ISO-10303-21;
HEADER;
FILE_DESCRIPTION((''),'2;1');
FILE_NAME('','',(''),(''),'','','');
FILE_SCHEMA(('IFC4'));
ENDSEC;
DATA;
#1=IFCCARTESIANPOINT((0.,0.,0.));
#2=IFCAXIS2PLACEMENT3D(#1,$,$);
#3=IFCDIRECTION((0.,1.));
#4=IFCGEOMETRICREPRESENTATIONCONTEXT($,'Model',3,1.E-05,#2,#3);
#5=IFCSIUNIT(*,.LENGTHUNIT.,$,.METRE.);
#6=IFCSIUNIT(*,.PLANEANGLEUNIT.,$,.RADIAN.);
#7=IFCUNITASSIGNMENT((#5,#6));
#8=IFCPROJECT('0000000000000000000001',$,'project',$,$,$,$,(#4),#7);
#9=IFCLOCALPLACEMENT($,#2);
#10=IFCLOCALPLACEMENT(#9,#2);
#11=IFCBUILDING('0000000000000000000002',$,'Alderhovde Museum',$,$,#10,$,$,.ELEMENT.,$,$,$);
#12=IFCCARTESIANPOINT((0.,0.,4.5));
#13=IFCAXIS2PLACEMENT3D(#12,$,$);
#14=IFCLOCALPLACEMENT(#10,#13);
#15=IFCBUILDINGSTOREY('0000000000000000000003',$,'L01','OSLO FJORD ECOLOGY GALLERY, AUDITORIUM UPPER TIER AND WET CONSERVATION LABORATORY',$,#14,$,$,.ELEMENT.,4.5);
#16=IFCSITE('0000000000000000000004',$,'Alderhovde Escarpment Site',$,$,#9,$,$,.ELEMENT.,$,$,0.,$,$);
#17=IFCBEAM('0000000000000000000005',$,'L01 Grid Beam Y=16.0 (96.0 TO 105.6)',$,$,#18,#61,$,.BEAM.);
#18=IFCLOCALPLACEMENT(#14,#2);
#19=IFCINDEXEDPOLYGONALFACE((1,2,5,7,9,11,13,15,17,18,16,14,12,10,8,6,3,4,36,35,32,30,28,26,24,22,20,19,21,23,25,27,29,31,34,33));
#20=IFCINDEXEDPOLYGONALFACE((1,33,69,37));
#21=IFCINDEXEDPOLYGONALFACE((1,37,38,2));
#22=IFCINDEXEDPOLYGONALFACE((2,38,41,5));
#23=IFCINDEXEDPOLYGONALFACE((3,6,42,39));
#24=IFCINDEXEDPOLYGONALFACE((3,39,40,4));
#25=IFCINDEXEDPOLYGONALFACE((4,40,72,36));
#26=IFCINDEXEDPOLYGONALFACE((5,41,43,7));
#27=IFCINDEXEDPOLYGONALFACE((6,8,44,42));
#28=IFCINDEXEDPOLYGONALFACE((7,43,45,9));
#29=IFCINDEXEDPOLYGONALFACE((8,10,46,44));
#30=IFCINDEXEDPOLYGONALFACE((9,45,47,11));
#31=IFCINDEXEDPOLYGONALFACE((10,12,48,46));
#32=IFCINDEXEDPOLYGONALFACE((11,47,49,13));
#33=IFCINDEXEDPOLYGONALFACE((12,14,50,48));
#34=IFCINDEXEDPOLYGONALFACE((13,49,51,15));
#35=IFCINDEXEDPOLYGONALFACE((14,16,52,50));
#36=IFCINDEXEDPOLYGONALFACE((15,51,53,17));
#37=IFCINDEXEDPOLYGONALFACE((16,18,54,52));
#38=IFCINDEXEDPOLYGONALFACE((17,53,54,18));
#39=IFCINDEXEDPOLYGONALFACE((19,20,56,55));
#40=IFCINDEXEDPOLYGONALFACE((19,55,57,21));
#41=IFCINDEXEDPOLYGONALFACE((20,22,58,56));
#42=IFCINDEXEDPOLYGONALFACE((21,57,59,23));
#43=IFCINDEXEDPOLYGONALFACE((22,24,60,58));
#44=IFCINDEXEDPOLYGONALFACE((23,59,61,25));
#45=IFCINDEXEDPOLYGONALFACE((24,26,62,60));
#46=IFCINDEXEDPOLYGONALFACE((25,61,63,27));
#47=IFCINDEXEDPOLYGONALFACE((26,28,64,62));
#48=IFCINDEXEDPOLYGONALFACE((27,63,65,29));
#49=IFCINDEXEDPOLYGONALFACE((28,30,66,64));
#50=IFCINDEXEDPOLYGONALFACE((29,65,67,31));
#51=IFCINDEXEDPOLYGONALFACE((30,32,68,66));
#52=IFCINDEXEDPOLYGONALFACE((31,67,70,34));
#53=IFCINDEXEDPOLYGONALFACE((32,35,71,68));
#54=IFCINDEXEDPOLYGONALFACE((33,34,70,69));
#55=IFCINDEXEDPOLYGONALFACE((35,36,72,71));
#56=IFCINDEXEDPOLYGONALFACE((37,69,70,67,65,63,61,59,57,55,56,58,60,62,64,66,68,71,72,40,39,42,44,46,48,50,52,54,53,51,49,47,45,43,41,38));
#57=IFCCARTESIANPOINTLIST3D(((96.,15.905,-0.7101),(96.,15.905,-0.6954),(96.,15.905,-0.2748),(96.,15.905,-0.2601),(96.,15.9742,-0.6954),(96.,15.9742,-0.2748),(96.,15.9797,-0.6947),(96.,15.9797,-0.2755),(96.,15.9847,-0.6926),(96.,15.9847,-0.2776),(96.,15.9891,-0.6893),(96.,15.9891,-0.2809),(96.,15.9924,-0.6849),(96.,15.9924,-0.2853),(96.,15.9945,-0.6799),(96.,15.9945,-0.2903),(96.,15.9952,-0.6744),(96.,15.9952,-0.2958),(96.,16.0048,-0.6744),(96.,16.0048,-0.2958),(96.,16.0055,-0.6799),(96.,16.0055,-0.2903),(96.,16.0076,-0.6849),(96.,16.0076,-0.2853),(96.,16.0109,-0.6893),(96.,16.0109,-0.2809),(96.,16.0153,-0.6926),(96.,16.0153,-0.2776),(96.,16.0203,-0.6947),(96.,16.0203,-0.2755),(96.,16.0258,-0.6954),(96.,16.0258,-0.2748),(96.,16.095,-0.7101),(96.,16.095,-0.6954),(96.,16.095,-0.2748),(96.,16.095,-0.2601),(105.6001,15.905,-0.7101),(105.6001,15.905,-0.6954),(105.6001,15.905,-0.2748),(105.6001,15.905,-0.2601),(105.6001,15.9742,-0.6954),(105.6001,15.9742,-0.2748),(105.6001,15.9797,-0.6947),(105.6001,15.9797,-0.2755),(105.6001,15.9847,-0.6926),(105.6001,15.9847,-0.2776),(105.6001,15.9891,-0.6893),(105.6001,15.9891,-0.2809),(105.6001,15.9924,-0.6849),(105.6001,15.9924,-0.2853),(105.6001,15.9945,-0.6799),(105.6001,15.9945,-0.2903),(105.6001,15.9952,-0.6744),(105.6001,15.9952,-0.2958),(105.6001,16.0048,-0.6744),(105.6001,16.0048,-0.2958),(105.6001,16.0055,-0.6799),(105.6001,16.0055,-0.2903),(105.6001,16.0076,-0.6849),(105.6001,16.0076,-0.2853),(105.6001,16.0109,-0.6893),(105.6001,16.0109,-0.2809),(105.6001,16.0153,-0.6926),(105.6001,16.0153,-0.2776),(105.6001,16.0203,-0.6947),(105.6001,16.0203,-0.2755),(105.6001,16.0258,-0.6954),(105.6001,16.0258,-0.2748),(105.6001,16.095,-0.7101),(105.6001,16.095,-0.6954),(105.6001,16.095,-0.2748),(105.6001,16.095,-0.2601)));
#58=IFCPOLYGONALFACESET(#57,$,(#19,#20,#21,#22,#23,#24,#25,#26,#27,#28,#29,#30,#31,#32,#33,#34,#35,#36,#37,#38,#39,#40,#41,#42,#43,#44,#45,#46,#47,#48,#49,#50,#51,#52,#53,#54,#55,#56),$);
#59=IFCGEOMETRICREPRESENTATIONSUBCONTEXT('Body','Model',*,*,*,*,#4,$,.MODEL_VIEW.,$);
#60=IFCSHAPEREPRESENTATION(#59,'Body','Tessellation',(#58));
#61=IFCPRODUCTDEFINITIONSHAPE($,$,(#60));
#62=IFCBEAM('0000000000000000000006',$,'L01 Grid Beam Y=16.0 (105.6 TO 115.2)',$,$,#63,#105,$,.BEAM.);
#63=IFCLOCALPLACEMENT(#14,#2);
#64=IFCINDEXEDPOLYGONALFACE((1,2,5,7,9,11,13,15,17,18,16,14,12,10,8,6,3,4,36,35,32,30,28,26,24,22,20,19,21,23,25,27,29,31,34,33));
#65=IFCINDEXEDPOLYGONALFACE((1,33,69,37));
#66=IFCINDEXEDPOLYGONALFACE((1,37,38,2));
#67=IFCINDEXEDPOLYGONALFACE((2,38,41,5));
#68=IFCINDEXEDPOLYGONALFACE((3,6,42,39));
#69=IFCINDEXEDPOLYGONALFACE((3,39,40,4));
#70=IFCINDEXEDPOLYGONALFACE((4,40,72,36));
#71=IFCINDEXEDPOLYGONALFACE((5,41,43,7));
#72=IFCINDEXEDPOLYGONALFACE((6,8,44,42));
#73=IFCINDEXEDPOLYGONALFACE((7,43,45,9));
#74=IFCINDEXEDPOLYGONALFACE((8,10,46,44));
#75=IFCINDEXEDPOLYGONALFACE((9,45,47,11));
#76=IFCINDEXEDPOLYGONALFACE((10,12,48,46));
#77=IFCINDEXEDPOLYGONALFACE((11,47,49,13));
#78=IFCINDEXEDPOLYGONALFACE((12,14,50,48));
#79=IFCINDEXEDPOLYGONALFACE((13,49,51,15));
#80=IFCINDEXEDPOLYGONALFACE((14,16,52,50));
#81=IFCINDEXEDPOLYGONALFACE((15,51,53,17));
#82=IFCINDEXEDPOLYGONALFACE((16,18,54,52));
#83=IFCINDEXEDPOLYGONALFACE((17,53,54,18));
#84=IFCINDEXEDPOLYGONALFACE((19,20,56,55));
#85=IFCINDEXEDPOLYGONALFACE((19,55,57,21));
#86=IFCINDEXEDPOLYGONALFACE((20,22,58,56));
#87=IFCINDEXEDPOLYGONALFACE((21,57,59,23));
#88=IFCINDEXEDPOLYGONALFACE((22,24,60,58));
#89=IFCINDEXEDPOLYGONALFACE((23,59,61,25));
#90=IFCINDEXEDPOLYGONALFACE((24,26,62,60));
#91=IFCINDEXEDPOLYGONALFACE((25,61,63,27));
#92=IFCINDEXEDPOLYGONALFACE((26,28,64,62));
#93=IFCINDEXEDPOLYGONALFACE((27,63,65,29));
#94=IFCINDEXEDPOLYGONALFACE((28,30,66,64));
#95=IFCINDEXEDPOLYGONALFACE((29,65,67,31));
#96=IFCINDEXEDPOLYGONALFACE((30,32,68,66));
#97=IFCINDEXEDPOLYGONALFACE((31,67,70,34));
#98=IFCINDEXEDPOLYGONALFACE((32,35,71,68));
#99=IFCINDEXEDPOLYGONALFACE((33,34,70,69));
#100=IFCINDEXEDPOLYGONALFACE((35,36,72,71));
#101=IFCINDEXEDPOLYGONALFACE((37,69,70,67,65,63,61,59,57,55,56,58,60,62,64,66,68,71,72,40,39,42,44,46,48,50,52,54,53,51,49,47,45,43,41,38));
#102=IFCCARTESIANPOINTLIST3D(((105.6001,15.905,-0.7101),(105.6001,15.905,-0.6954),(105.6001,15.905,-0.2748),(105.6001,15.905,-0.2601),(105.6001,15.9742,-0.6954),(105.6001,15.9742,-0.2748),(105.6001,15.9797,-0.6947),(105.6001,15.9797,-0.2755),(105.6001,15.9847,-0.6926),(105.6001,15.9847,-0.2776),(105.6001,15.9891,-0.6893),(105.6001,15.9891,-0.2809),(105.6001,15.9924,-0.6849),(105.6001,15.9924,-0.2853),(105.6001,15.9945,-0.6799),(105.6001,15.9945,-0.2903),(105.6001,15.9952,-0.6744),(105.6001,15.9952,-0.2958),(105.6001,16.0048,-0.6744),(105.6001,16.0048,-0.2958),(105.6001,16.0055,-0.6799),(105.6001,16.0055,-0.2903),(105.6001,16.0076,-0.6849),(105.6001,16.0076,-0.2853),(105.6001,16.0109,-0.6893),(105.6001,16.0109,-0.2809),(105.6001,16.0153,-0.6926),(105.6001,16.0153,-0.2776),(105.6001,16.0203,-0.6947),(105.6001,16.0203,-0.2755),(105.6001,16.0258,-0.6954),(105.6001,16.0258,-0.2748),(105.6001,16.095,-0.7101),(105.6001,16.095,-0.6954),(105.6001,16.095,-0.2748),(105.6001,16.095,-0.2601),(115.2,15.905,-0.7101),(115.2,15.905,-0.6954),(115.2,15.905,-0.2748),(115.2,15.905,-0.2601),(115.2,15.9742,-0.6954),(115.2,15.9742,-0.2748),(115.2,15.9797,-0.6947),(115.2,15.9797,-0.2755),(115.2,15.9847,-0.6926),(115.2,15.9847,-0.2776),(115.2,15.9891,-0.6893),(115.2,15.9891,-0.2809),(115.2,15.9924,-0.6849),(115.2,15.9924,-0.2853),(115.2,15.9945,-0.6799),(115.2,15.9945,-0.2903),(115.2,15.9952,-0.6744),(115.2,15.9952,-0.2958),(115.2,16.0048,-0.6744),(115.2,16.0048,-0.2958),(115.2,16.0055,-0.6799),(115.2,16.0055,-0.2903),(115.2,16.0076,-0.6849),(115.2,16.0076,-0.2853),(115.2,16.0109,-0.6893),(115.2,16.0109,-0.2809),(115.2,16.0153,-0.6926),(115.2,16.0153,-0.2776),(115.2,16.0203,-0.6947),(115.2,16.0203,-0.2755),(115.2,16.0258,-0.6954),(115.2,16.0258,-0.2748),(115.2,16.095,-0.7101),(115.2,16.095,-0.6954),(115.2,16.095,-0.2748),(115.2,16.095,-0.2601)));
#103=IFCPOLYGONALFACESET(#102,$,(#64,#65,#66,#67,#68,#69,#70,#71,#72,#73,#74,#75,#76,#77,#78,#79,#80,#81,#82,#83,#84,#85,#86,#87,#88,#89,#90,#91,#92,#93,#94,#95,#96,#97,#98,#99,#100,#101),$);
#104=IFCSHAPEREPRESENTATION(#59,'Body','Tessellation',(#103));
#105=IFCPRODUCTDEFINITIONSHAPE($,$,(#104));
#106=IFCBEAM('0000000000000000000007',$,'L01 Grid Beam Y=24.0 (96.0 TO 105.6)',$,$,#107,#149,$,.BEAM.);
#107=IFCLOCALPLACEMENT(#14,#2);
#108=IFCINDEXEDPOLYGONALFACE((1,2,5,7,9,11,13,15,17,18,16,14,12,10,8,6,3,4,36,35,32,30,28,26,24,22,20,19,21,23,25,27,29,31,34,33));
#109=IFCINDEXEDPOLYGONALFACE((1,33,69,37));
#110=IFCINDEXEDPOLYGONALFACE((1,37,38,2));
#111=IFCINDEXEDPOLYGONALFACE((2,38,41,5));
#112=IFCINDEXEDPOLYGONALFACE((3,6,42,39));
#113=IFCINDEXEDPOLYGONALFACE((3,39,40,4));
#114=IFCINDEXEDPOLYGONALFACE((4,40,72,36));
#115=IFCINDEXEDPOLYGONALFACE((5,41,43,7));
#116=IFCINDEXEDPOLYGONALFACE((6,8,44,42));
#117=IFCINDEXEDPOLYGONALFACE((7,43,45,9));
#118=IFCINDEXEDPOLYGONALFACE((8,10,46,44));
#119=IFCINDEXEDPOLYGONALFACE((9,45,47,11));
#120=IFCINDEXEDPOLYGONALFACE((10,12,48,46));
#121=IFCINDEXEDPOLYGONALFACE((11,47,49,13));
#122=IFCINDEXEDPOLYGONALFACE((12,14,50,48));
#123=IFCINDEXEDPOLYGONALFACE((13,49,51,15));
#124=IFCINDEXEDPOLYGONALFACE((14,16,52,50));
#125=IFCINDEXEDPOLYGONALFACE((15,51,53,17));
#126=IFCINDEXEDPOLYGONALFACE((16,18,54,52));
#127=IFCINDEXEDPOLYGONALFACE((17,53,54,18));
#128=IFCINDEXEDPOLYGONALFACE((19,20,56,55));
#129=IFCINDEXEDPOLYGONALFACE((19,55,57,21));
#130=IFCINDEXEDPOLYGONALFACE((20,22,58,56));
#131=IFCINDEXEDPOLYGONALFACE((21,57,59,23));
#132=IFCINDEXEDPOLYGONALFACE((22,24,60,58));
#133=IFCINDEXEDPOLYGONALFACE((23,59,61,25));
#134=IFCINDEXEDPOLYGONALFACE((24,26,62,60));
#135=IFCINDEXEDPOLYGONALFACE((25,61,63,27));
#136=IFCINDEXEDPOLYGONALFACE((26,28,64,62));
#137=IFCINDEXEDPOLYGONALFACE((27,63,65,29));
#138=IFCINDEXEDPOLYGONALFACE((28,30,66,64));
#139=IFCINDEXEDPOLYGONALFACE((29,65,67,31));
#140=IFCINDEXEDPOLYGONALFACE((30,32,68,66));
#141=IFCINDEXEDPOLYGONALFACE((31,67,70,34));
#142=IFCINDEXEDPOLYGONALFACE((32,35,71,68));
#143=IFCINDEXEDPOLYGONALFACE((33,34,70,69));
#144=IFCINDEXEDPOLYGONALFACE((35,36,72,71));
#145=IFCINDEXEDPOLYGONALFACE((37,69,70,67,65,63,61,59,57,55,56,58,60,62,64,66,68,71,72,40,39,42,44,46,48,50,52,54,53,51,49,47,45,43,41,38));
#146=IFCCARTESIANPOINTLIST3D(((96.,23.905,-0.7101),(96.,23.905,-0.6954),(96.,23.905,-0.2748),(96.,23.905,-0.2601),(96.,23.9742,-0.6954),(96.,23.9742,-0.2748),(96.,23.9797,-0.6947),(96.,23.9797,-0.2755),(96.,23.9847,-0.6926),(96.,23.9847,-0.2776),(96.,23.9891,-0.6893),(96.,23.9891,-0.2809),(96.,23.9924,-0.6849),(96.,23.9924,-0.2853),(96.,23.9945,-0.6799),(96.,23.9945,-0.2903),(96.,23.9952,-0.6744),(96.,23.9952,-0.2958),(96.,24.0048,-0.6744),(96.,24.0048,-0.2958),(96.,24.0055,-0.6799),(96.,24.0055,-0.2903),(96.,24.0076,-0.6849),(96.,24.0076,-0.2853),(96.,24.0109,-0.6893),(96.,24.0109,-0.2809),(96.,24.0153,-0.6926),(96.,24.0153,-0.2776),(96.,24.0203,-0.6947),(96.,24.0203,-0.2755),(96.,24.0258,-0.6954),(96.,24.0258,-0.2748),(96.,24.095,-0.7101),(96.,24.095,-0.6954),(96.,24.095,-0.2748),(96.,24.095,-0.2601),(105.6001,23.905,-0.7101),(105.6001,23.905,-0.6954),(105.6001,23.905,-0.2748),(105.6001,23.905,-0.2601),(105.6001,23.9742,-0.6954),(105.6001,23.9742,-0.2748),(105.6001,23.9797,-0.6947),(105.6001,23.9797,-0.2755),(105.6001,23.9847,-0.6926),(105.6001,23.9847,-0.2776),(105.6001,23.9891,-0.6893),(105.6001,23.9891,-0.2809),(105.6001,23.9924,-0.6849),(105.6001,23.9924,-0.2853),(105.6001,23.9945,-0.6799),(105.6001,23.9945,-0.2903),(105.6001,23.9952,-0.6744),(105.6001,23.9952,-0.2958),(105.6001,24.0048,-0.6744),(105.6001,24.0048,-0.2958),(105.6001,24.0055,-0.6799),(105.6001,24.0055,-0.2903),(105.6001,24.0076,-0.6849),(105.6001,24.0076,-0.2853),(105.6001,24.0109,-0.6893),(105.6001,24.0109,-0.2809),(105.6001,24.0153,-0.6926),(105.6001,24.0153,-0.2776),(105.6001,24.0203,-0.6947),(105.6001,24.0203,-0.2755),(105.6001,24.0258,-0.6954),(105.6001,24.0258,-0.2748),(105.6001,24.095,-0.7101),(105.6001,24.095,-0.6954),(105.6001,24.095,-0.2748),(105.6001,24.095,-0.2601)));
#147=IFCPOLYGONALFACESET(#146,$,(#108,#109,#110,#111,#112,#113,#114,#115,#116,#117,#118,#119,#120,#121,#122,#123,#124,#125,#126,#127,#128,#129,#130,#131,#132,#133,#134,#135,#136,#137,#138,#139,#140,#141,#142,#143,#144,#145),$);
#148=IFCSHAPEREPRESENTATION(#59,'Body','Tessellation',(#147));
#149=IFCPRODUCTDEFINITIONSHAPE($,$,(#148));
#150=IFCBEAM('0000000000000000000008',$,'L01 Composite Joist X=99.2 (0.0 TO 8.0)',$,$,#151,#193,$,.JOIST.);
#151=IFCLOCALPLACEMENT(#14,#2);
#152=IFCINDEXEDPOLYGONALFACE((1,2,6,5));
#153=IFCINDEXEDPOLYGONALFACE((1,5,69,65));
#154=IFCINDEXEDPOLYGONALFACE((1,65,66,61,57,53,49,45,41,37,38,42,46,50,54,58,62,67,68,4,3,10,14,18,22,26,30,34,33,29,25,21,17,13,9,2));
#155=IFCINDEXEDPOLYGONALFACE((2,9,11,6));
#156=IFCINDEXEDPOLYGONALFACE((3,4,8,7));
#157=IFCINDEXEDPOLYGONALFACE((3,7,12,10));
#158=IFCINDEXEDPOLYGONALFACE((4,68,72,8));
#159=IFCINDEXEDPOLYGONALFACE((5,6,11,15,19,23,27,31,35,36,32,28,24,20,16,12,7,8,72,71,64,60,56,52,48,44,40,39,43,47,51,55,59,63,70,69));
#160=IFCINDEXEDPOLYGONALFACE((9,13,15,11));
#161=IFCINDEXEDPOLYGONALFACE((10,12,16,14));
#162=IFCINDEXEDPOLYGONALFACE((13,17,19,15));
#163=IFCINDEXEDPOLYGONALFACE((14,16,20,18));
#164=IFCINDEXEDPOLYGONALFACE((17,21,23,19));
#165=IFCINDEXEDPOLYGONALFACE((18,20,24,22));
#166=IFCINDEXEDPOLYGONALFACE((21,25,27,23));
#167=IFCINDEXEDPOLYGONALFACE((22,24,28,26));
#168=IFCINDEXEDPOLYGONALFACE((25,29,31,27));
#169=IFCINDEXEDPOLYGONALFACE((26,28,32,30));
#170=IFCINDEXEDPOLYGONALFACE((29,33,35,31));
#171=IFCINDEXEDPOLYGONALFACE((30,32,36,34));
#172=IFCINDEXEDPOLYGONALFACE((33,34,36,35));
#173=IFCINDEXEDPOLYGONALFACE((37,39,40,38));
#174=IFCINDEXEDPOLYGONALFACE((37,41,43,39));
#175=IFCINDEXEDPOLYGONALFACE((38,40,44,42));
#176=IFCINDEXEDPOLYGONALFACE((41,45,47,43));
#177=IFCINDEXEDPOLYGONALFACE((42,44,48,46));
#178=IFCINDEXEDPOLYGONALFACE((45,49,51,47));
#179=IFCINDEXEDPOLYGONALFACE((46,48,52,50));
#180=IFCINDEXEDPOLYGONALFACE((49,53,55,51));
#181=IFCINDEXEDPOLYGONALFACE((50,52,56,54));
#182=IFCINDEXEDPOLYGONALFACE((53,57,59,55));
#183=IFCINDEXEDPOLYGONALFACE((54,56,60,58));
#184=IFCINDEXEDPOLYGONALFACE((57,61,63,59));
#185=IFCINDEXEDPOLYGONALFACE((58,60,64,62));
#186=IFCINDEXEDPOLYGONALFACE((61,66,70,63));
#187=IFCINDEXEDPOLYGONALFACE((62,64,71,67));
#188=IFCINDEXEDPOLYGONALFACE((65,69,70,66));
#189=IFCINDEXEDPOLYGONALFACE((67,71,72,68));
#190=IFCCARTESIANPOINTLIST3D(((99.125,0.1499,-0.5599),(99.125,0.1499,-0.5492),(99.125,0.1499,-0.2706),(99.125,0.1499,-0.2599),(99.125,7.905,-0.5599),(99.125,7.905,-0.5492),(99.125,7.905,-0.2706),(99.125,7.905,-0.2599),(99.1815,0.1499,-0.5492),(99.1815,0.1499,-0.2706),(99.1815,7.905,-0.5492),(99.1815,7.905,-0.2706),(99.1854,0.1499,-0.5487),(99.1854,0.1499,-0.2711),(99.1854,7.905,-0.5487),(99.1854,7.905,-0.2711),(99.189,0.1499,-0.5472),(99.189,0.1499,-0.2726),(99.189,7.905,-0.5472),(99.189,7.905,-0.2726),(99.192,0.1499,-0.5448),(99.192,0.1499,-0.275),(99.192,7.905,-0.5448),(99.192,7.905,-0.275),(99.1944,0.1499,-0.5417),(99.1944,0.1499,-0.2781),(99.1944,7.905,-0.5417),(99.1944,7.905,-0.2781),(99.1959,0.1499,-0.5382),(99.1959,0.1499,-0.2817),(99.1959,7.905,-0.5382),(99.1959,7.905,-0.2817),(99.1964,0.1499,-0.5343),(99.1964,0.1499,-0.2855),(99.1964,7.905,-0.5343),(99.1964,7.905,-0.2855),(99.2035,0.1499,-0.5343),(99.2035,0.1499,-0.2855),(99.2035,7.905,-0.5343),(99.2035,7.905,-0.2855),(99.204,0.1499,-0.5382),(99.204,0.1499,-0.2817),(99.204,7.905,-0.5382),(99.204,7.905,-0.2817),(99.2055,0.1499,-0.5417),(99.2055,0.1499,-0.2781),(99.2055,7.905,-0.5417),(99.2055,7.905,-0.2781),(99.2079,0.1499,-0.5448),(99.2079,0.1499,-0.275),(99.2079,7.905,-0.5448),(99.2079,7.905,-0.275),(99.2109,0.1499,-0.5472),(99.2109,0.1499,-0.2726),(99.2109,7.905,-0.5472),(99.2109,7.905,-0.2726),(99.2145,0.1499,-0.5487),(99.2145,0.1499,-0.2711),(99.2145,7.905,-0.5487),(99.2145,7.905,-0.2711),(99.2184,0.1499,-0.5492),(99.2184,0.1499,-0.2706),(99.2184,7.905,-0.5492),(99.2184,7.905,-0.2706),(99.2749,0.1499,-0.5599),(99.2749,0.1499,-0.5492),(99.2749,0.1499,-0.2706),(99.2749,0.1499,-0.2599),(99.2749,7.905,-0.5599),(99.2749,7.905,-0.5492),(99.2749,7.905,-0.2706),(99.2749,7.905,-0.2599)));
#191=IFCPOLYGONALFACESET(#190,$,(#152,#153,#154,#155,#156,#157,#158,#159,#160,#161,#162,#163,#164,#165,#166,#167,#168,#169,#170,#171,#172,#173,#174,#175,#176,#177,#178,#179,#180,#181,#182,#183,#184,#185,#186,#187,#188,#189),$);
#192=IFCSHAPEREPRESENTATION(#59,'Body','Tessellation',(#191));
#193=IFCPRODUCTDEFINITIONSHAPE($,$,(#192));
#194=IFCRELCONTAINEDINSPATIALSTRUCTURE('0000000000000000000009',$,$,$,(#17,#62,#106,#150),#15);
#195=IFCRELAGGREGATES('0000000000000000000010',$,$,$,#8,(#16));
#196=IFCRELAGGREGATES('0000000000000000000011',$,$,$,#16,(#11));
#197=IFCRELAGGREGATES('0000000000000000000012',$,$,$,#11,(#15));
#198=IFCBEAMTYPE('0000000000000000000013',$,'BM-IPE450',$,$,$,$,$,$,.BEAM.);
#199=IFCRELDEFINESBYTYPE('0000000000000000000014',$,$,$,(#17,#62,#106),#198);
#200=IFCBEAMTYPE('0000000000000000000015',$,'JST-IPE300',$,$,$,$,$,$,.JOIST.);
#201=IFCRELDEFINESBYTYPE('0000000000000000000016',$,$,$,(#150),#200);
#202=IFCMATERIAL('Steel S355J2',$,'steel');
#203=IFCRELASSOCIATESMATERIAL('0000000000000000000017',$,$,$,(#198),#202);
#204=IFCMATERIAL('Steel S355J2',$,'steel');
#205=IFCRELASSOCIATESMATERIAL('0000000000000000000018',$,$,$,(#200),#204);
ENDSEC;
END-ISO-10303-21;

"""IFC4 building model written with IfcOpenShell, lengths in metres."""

from ifc_helpers import new_model, si_unit, direction, frame, origin, origin_2d, place, context, subcontext, project, spatial, i_section, extrude, material, material_profile, profile_set, type_object, element, save


model = new_model("IFC4")

# Units and contexts
model_context = context("Model", 3, precision=1e-05, world=origin(), true_north=direction((0.0, 1.0)))
body_context = subcontext(model_context, "Body", "Model", "MODEL_VIEW")
ifc_project = project(units=[si_unit("LENGTHUNIT", "METRE"), si_unit("PLANEANGLEUNIT", "RADIAN")], contexts=[model_context])

# Site, building, storey
site_placement = place(None, origin())
site = spatial("IfcSite", under=ifc_project, at=site_placement, Name="Alderhovde Escarpment Site", CompositionType="ELEMENT", RefElevation=0.0)
building_placement = place(site_placement, origin())
building = spatial("IfcBuilding", under=site, at=building_placement, Name="Alderhovde Museum", CompositionType="ELEMENT")
storey_placement = place(building_placement, frame((0.0, 0.0, 4.5)))
storey = spatial("IfcBuildingStorey", under=building, at=storey_placement, Name="L01", Description="OSLO FJORD ECOLOGY GALLERY, AUDITORIUM UPPER TIER AND WET CONSERVATION LABORATORY", CompositionType="ELEMENT", Elevation=4.5)

# Beams
ifc_material_1 = material(Name="Steel S355J2", Category="steel")
ifc_material_profile_1 = material_profile(ifc_material_1, i_section(OverallWidth=0.1899, OverallDepth=0.45, WebThickness=0.0095, FlangeThickness=0.0146, FilletRadius=0.021, at=origin_2d()), Name="IPE 450")
ifc_profile_set_1 = profile_set([ifc_material_profile_1], Name="Steel S355J2")
beam_type_1 = type_object("IfcBeamType", Name="BM-IPE450", PredefinedType="BEAM", material=ifc_profile_set_1)
beam_1_placement = place(storey_placement, frame((96.0, 16.0, -0.4851), z_axis=(1.0, 0.0, 0.0), x_axis=(0.0, 1.0, 0.0)))
element("IfcBeam", 1, at=beam_1_placement, inside=storey, type_object=beam_type_1, Name="L01 Grid Beam Y=16.0 (96.0 TO 105.6)", PredefinedType="BEAM", context=body_context, shape_type="SweptSolid", body=[
    extrude(i_section(OverallWidth=0.1899, OverallDepth=0.45, WebThickness=0.0095, FlangeThickness=0.0146, FilletRadius=0.021, at=origin_2d()), origin(), (0.0, 0.0, 1.0), 9.6001),
])
beam_2_placement = place(storey_placement, frame((105.6001, 16.0, -0.4851), z_axis=(1.0, 0.0, 0.0), x_axis=(0.0, 1.0, 0.0)))
element("IfcBeam", 2, at=beam_2_placement, inside=storey, type_object=beam_type_1, Name="L01 Grid Beam Y=16.0 (105.6 TO 115.2)", PredefinedType="BEAM", context=body_context, shape_type="SweptSolid", body=[
    extrude(i_section(OverallWidth=0.1899, OverallDepth=0.45, WebThickness=0.0095, FlangeThickness=0.0146, FilletRadius=0.021, at=origin_2d()), origin(), (0.0, 0.0, 1.0), 9.5999),
])
beam_3_placement = place(storey_placement, frame((96.0, 24.0, -0.4851), z_axis=(1.0, 0.0, 0.0), x_axis=(0.0, 1.0, 0.0)))
element("IfcBeam", 3, at=beam_3_placement, inside=storey, type_object=beam_type_1, Name="L01 Grid Beam Y=24.0 (96.0 TO 105.6)", PredefinedType="BEAM", context=body_context, shape_type="SweptSolid", body=[
    extrude(i_section(OverallWidth=0.1899, OverallDepth=0.45, WebThickness=0.0095, FlangeThickness=0.0146, FilletRadius=0.021, at=origin_2d()), origin(), (0.0, 0.0, 1.0), 9.6001),
])
ifc_material_2 = material(Name="Steel S355J2", Category="steel")
ifc_material_profile_2 = material_profile(ifc_material_2, i_section(OverallWidth=0.1499, OverallDepth=0.3, WebThickness=0.0071, FlangeThickness=0.0107, FilletRadius=0.0149, at=origin_2d()), Name="IPE 300")
ifc_profile_set_2 = profile_set([ifc_material_profile_2], Name="Steel S355J2")
beam_type_2 = type_object("IfcBeamType", Name="JST-IPE300", PredefinedType="JOIST", material=ifc_profile_set_2)
for number, where, z_axis, x_axis, name in (
    (4, (99.2, 0.1499, -0.4099), (0.0, 1.0, 0.0), (-1.0, 0.0, 0.0), "L01 Composite Joist X=99.2 (0.0 TO 8.0)"),
):
    element("IfcBeam", number, at=place(storey_placement, frame(where, z_axis=z_axis, x_axis=x_axis)), inside=storey, type_object=beam_type_2, Name=name, PredefinedType="JOIST", context=body_context, shape_type="SweptSolid", body=[
        extrude(i_section(OverallWidth=0.1499, OverallDepth=0.3, WebThickness=0.0071, FlangeThickness=0.0107, FilletRadius=0.0149, at=origin_2d()), origin(), (0.0, 0.0, 1.0), 7.7551),
    ])

save(model, "model.ifc")
